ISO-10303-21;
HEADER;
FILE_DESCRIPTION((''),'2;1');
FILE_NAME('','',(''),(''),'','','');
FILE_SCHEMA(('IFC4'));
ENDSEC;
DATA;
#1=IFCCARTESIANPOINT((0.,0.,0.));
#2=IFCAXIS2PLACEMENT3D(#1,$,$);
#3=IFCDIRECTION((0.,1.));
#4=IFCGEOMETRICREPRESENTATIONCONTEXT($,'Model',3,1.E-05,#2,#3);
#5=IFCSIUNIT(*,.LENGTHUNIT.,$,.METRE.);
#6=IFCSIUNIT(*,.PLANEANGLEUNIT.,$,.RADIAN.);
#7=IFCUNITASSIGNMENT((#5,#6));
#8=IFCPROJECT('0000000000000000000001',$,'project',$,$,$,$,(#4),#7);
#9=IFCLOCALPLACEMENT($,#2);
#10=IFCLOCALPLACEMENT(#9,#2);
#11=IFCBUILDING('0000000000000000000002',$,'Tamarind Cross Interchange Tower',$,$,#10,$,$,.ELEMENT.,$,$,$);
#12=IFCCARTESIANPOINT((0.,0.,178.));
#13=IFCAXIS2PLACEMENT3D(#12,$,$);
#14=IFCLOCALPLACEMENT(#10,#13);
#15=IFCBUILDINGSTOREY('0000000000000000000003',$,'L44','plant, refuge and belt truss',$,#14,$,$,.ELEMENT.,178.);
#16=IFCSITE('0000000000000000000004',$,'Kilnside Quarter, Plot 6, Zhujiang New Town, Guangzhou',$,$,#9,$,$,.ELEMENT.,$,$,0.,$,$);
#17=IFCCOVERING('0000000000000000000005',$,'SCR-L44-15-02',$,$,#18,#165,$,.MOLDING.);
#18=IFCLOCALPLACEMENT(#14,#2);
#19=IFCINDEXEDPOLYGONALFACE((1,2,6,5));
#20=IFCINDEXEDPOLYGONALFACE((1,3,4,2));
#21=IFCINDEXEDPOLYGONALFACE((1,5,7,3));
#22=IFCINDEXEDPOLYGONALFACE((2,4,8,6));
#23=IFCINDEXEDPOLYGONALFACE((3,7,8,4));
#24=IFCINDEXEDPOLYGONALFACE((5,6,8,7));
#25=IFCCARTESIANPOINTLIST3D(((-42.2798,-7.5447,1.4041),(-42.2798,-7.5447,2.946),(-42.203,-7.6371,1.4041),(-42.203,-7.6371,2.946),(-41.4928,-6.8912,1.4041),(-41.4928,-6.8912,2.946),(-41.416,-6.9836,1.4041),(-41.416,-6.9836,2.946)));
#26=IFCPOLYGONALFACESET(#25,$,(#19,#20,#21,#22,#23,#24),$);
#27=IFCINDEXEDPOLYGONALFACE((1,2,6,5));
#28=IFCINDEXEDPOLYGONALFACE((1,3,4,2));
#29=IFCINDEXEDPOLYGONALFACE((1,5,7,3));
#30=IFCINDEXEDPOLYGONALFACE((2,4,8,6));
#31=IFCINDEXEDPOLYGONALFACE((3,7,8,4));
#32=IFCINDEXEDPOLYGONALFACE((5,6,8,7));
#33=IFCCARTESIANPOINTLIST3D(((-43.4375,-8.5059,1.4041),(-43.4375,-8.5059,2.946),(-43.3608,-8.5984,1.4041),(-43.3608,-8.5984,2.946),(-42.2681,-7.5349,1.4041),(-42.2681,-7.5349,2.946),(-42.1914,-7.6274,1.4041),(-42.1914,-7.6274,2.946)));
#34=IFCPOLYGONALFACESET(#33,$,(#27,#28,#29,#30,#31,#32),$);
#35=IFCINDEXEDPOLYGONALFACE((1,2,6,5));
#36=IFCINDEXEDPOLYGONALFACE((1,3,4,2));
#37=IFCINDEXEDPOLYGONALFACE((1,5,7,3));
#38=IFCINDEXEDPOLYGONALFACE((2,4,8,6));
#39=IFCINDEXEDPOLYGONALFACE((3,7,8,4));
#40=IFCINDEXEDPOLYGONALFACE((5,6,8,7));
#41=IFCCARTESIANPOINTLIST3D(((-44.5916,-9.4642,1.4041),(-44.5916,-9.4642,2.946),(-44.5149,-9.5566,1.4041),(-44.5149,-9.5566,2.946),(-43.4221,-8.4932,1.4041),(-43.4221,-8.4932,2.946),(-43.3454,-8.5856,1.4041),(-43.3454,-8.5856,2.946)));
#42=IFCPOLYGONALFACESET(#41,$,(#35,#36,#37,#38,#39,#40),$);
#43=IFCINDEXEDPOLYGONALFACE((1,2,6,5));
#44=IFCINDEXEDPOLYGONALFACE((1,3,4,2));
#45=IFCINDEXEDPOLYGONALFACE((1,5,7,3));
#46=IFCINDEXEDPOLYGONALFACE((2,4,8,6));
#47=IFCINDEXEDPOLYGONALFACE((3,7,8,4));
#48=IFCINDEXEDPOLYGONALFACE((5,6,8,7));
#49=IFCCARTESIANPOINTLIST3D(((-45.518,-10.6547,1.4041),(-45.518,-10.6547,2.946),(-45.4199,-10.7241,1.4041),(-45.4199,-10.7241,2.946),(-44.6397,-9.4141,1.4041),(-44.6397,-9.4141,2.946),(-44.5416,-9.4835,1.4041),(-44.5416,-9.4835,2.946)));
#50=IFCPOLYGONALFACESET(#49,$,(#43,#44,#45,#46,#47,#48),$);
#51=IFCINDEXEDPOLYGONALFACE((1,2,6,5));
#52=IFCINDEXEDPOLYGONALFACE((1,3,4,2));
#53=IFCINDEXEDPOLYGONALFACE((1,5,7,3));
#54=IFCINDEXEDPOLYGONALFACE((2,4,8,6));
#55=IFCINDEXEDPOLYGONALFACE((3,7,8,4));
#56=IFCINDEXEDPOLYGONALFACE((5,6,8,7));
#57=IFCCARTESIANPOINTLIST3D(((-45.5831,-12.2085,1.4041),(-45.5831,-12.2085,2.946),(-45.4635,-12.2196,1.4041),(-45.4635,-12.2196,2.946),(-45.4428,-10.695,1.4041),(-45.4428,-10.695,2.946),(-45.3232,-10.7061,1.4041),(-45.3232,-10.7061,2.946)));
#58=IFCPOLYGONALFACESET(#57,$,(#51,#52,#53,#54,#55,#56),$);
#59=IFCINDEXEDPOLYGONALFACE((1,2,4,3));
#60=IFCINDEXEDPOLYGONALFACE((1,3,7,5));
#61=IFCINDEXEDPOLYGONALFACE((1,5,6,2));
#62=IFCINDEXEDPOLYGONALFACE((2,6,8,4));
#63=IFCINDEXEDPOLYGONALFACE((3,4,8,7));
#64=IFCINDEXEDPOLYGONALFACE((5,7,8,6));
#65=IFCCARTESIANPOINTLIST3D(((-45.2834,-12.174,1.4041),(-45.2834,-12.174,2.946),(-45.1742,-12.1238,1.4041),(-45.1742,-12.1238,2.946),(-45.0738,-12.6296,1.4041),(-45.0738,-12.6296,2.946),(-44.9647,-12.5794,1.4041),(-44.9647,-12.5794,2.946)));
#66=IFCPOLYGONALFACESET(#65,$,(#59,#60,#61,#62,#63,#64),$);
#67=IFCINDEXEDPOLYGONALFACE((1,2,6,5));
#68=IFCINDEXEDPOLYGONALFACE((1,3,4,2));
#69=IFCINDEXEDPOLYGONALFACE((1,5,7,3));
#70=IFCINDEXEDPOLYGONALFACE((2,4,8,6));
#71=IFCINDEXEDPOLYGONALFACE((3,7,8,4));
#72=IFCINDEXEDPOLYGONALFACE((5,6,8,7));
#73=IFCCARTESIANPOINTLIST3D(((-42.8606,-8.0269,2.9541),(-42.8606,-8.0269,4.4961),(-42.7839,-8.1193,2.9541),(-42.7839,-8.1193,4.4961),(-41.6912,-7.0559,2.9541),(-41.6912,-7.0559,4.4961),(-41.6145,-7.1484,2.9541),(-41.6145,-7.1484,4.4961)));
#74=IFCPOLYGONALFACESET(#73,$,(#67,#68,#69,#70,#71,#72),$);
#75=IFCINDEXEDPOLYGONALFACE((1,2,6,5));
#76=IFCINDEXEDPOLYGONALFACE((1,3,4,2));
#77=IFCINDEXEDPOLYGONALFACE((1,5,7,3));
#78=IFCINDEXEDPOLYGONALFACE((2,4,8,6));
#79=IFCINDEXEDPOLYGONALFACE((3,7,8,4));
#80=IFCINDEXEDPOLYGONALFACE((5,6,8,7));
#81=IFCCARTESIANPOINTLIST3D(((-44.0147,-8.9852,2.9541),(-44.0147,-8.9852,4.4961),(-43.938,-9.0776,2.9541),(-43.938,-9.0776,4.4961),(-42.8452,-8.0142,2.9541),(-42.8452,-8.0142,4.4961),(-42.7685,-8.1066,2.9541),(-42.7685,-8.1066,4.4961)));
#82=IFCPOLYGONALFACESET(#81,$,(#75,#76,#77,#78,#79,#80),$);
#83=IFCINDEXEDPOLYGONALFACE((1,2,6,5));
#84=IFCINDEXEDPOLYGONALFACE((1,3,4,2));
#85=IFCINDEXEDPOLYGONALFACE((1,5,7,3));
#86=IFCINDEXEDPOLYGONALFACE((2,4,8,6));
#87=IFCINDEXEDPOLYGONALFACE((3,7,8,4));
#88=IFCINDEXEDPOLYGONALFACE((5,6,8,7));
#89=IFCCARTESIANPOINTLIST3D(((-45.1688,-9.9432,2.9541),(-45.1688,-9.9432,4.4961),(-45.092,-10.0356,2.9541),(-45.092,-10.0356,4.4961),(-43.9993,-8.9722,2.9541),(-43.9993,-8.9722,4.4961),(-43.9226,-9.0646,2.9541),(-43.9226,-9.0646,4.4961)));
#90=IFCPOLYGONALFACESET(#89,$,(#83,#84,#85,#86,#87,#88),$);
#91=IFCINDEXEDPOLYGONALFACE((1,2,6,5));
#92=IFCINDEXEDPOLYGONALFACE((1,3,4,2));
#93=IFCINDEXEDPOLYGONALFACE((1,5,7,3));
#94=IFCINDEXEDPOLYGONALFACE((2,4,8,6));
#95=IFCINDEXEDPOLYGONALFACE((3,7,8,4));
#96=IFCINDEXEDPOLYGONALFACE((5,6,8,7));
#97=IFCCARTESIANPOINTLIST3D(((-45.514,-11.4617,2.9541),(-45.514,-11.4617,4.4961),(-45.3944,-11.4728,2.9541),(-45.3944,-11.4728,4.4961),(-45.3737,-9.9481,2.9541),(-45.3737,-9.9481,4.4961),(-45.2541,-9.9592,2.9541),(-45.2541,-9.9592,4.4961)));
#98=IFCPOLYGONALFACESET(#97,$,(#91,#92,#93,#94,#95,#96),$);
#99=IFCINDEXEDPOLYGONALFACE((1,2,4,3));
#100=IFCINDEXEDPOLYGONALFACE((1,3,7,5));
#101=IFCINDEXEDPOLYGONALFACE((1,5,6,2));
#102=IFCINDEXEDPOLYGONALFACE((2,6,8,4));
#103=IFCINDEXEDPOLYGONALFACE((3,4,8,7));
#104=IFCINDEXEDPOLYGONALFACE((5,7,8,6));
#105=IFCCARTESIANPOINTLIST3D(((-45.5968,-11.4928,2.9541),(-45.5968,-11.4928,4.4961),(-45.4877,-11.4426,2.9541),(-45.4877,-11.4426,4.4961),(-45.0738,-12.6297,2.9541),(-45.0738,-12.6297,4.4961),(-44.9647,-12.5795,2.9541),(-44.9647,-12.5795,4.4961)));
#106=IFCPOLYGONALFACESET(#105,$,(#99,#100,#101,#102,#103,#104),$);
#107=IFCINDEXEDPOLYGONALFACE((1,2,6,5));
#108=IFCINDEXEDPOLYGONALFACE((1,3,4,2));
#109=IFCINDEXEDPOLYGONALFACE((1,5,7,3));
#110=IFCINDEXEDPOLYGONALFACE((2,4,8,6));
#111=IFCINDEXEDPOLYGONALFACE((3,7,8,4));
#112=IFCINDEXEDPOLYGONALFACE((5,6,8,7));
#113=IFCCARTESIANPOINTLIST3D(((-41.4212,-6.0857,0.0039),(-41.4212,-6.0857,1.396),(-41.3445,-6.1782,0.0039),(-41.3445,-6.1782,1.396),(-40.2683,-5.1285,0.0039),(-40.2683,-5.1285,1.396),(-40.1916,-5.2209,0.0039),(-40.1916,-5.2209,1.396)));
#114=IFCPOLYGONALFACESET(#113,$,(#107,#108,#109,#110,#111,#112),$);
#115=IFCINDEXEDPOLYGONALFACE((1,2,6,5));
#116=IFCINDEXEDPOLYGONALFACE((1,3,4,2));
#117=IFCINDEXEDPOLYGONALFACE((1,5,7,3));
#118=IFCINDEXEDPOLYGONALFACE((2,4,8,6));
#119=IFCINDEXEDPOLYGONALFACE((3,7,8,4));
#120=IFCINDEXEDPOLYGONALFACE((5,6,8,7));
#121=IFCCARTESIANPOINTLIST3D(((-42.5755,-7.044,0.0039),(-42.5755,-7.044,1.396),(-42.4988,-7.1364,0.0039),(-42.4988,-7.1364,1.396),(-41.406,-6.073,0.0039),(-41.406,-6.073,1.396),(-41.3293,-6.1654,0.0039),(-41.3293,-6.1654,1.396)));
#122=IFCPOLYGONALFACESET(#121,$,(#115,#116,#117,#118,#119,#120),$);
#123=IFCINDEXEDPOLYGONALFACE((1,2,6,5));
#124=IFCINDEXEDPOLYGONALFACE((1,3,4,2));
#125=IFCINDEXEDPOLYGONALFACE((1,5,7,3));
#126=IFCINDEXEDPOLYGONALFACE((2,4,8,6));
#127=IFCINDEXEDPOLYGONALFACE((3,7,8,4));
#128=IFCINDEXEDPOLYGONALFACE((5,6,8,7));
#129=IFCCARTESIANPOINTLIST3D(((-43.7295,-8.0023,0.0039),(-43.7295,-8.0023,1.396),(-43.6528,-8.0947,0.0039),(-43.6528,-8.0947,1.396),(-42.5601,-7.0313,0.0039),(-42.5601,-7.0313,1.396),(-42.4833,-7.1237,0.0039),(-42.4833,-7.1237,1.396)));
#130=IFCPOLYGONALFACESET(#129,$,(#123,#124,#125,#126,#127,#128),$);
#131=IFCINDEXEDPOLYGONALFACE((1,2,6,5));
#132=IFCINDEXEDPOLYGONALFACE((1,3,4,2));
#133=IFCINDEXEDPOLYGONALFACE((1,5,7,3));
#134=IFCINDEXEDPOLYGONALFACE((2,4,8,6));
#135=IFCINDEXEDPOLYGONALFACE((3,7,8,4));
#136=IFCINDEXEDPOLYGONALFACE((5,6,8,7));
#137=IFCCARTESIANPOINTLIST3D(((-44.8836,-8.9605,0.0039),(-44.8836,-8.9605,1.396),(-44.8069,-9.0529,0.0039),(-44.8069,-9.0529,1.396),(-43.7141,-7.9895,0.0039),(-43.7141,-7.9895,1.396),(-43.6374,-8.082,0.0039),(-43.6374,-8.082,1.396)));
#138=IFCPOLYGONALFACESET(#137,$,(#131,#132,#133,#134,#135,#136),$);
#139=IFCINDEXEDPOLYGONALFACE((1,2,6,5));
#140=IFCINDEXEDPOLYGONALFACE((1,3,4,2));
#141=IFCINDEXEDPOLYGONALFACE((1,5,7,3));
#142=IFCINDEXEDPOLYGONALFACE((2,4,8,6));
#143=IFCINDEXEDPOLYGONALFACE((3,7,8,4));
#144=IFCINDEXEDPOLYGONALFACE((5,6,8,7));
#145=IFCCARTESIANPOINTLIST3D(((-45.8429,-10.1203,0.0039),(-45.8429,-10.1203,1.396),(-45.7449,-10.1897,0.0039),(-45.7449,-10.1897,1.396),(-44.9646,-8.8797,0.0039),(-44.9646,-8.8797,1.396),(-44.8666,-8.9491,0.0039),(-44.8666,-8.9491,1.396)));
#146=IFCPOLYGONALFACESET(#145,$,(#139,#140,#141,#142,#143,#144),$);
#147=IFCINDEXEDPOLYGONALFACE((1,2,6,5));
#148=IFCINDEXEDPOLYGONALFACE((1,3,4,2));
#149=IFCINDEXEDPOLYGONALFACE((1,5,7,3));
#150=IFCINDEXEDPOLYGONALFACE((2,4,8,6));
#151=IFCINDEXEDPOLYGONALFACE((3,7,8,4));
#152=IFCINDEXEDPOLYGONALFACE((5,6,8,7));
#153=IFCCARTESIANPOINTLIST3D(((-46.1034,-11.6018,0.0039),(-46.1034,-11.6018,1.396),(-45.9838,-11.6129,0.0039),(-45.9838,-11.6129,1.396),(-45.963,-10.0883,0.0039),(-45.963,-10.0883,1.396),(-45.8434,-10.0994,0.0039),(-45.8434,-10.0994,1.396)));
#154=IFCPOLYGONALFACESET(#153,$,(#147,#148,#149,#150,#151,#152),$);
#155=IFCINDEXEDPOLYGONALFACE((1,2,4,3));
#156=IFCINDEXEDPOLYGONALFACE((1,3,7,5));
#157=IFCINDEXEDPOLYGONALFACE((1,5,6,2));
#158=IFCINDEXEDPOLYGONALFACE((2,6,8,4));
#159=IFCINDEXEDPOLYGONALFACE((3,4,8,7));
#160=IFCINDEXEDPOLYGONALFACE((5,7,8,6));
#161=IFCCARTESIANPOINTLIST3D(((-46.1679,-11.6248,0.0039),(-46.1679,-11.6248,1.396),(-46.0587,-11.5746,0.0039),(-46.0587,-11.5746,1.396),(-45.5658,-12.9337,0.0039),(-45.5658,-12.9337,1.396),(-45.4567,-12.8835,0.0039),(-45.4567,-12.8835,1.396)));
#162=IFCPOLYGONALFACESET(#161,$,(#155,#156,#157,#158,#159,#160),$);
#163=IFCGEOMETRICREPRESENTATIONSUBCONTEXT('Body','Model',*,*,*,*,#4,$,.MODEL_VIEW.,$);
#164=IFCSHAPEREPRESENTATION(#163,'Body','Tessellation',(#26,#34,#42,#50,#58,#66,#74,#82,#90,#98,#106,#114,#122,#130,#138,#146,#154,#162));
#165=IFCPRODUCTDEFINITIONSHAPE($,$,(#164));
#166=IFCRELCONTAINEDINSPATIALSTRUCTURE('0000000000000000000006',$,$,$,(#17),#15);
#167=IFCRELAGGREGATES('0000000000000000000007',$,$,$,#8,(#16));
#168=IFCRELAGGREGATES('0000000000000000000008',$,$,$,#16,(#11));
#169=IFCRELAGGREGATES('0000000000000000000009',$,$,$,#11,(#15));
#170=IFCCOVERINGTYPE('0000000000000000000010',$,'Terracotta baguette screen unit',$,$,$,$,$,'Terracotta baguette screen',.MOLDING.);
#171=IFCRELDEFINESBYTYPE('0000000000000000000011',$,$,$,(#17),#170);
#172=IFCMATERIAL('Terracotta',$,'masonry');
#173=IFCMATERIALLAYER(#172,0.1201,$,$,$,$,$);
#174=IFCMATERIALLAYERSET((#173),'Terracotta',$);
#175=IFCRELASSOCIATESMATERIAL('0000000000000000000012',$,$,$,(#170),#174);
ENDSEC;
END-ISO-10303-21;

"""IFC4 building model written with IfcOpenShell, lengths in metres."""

from ifc_helpers import new_model, si_unit, direction, frame, origin, origin_2d, place, context, subcontext, project, spatial, rectangle, extrude, material, layer, layer_set, type_object, element, save


model = new_model("IFC4")

# Units and contexts
model_context = context("Model", 3, precision=1e-05, world=origin(), true_north=direction((0.0, 1.0)))
body_context = subcontext(model_context, "Body", "Model", "MODEL_VIEW")
ifc_project = project(units=[si_unit("LENGTHUNIT", "METRE"), si_unit("PLANEANGLEUNIT", "RADIAN")], contexts=[model_context])

# Site, building, storey
site_placement = place(None, origin())
site = spatial("IfcSite", under=ifc_project, at=site_placement, Name="Kilnside Quarter, Plot 6, Zhujiang New Town, Guangzhou", CompositionType="ELEMENT", RefElevation=0.0)
building_placement = place(site_placement, origin())
building = spatial("IfcBuilding", under=site, at=building_placement, Name="Tamarind Cross Interchange Tower", CompositionType="ELEMENT")
storey_placement = place(building_placement, frame((0.0, 0.0, 178.0)))
storey = spatial("IfcBuildingStorey", under=building, at=storey_placement, Name="L44", Description="plant, refuge and belt truss", CompositionType="ELEMENT", Elevation=178.0)

# Covering
ifc_material_1 = material(Name="Terracotta", Category="masonry")
ifc_layer_1 = layer(ifc_material_1, 0.1201)
ifc_layer_set_1 = layer_set([ifc_layer_1], Name="Terracotta")
covering_type = type_object("IfcCoveringType", Name="Terracotta baguette screen unit", ElementType="Terracotta baguette screen", PredefinedType="MOLDING", material=ifc_layer_set_1)
covering_1_placement = place(storey_placement, origin())
element("IfcCovering", 1, at=covering_1_placement, inside=storey, type_object=covering_type, Name="SCR-L44-15-02", PredefinedType="MOLDING", context=body_context, shape_type="SweptSolid", body=[
    extrude(rectangle(XDim=1.0229, YDim=0.1201, at=origin_2d()), frame((-41.8479, -7.2642, 1.4041), z_axis=(0.0, 0.0, 1.0), x_axis=(-0.769373, -0.6388, 0.0)), (0.0, 0.0, 1.0), 1.542),
    extrude(rectangle(XDim=1.52, YDim=0.1201, at=origin_2d()), frame((-42.8145, -8.0667, 1.4041), z_axis=(0.0, 0.0, 1.0), x_axis=(-0.769373, -0.6388, 0.0)), (0.0, 0.0, 1.0), 1.542),
    extrude(rectangle(XDim=1.52, YDim=0.1201, at=origin_2d()), frame((-43.9685, -9.0249, 1.4041), z_axis=(0.0, 0.0, 1.0), x_axis=(-0.769373, -0.6388, 0.0)), (0.0, 0.0, 1.0), 1.542),
    extrude(rectangle(XDim=1.52, YDim=0.1201, at=origin_2d()), frame((-45.0298, -10.0691, 1.4041), z_axis=(0.0, 0.0, 1.0), x_axis=(-0.577823, -0.816162, 0.0)), (0.0, 0.0, 1.0), 1.542),
    extrude(rectangle(XDim=1.52, YDim=0.1201, at=origin_2d()), frame((-45.4531, -11.4573, 1.4041), z_axis=(0.0, 0.0, 1.0), x_axis=(-0.092329, -0.995729, 0.0)), (0.0, 0.0, 1.0), 1.542),
    extrude(rectangle(XDim=0.5015, YDim=0.1201, at=origin_2d()), frame((-45.124, -12.3767, 1.4041), z_axis=(0.0, 0.0, 1.0), x_axis=(0.417905, -0.908491, 0.0)), (0.0, 0.0, 1.0), 1.542),
    extrude(rectangle(XDim=1.52, YDim=0.1201, at=origin_2d()), frame((-42.2375, -7.5876, 2.9541), z_axis=(0.0, 0.0, 1.0), x_axis=(-0.769373, -0.6388, 0.0)), (0.0, 0.0, 1.0), 1.542),
    extrude(rectangle(XDim=1.52, YDim=0.1201, at=origin_2d()), frame((-43.3916, -8.5459, 2.9541), z_axis=(0.0, 0.0, 1.0), x_axis=(-0.769373, -0.6388, 0.0)), (0.0, 0.0, 1.0), 1.542),
    extrude(rectangle(XDim=1.52, YDim=0.1201, at=origin_2d()), frame((-44.5457, -9.5039, 2.9541), z_axis=(0.0, 0.0, 1.0), x_axis=(-0.769373, -0.6388, 0.0)), (0.0, 0.0, 1.0), 1.542),
    extrude(rectangle(XDim=1.52, YDim=0.1201, at=origin_2d()), frame((-45.384, -10.7104, 2.9541), z_axis=(0.0, 0.0, 1.0), x_axis=(-0.092329, -0.995729, 0.0)), (0.0, 0.0, 1.0), 1.542),
    extrude(rectangle(XDim=1.2515, YDim=0.1201, at=origin_2d()), frame((-45.2808, -12.0361, 2.9541), z_axis=(0.0, 0.0, 1.0), x_axis=(0.417905, -0.908491, 0.0)), (0.0, 0.0, 1.0), 1.542),
    extrude(rectangle(XDim=1.4985, YDim=0.1201, at=origin_2d()), frame((-40.8064, -5.6533, 0.0039), z_axis=(0.0, 0.0, 1.0), x_axis=(-0.769373, -0.6388, 0.0)), (0.0, 0.0, 1.0), 1.3921),
    extrude(rectangle(XDim=1.52, YDim=0.1201, at=origin_2d()), frame((-41.9524, -6.6047, 0.0039), z_axis=(0.0, 0.0, 1.0), x_axis=(-0.769373, -0.6388, 0.0)), (0.0, 0.0, 1.0), 1.3921),
    extrude(rectangle(XDim=1.52, YDim=0.1201, at=origin_2d()), frame((-43.1064, -7.563, 0.0039), z_axis=(0.0, 0.0, 1.0), x_axis=(-0.769373, -0.6388, 0.0)), (0.0, 0.0, 1.0), 1.3921),
    extrude(rectangle(XDim=1.52, YDim=0.1201, at=origin_2d()), frame((-44.2605, -8.5212, 0.0039), z_axis=(0.0, 0.0, 1.0), x_axis=(-0.769373, -0.6388, 0.0)), (0.0, 0.0, 1.0), 1.3921),
    extrude(rectangle(XDim=1.52, YDim=0.1201, at=origin_2d()), frame((-45.3547, -9.5347, 0.0039), z_axis=(0.0, 0.0, 1.0), x_axis=(-0.577823, -0.816162, 0.0)), (0.0, 0.0, 1.0), 1.3921),
    extrude(rectangle(XDim=1.52, YDim=0.1201, at=origin_2d()), frame((-45.9734, -10.8506, 0.0039), z_axis=(0.0, 0.0, 1.0), x_axis=(-0.092329, -0.995729, 0.0)), (0.0, 0.0, 1.0), 1.3921),
    extrude(rectangle(XDim=1.4407, YDim=0.1201, at=origin_2d()), frame((-45.8123, -12.2542, 0.0039), z_axis=(0.0, 0.0, 1.0), x_axis=(0.417905, -0.908491, 0.0)), (0.0, 0.0, 1.0), 1.3921),
])

save(model, "model.ifc")
